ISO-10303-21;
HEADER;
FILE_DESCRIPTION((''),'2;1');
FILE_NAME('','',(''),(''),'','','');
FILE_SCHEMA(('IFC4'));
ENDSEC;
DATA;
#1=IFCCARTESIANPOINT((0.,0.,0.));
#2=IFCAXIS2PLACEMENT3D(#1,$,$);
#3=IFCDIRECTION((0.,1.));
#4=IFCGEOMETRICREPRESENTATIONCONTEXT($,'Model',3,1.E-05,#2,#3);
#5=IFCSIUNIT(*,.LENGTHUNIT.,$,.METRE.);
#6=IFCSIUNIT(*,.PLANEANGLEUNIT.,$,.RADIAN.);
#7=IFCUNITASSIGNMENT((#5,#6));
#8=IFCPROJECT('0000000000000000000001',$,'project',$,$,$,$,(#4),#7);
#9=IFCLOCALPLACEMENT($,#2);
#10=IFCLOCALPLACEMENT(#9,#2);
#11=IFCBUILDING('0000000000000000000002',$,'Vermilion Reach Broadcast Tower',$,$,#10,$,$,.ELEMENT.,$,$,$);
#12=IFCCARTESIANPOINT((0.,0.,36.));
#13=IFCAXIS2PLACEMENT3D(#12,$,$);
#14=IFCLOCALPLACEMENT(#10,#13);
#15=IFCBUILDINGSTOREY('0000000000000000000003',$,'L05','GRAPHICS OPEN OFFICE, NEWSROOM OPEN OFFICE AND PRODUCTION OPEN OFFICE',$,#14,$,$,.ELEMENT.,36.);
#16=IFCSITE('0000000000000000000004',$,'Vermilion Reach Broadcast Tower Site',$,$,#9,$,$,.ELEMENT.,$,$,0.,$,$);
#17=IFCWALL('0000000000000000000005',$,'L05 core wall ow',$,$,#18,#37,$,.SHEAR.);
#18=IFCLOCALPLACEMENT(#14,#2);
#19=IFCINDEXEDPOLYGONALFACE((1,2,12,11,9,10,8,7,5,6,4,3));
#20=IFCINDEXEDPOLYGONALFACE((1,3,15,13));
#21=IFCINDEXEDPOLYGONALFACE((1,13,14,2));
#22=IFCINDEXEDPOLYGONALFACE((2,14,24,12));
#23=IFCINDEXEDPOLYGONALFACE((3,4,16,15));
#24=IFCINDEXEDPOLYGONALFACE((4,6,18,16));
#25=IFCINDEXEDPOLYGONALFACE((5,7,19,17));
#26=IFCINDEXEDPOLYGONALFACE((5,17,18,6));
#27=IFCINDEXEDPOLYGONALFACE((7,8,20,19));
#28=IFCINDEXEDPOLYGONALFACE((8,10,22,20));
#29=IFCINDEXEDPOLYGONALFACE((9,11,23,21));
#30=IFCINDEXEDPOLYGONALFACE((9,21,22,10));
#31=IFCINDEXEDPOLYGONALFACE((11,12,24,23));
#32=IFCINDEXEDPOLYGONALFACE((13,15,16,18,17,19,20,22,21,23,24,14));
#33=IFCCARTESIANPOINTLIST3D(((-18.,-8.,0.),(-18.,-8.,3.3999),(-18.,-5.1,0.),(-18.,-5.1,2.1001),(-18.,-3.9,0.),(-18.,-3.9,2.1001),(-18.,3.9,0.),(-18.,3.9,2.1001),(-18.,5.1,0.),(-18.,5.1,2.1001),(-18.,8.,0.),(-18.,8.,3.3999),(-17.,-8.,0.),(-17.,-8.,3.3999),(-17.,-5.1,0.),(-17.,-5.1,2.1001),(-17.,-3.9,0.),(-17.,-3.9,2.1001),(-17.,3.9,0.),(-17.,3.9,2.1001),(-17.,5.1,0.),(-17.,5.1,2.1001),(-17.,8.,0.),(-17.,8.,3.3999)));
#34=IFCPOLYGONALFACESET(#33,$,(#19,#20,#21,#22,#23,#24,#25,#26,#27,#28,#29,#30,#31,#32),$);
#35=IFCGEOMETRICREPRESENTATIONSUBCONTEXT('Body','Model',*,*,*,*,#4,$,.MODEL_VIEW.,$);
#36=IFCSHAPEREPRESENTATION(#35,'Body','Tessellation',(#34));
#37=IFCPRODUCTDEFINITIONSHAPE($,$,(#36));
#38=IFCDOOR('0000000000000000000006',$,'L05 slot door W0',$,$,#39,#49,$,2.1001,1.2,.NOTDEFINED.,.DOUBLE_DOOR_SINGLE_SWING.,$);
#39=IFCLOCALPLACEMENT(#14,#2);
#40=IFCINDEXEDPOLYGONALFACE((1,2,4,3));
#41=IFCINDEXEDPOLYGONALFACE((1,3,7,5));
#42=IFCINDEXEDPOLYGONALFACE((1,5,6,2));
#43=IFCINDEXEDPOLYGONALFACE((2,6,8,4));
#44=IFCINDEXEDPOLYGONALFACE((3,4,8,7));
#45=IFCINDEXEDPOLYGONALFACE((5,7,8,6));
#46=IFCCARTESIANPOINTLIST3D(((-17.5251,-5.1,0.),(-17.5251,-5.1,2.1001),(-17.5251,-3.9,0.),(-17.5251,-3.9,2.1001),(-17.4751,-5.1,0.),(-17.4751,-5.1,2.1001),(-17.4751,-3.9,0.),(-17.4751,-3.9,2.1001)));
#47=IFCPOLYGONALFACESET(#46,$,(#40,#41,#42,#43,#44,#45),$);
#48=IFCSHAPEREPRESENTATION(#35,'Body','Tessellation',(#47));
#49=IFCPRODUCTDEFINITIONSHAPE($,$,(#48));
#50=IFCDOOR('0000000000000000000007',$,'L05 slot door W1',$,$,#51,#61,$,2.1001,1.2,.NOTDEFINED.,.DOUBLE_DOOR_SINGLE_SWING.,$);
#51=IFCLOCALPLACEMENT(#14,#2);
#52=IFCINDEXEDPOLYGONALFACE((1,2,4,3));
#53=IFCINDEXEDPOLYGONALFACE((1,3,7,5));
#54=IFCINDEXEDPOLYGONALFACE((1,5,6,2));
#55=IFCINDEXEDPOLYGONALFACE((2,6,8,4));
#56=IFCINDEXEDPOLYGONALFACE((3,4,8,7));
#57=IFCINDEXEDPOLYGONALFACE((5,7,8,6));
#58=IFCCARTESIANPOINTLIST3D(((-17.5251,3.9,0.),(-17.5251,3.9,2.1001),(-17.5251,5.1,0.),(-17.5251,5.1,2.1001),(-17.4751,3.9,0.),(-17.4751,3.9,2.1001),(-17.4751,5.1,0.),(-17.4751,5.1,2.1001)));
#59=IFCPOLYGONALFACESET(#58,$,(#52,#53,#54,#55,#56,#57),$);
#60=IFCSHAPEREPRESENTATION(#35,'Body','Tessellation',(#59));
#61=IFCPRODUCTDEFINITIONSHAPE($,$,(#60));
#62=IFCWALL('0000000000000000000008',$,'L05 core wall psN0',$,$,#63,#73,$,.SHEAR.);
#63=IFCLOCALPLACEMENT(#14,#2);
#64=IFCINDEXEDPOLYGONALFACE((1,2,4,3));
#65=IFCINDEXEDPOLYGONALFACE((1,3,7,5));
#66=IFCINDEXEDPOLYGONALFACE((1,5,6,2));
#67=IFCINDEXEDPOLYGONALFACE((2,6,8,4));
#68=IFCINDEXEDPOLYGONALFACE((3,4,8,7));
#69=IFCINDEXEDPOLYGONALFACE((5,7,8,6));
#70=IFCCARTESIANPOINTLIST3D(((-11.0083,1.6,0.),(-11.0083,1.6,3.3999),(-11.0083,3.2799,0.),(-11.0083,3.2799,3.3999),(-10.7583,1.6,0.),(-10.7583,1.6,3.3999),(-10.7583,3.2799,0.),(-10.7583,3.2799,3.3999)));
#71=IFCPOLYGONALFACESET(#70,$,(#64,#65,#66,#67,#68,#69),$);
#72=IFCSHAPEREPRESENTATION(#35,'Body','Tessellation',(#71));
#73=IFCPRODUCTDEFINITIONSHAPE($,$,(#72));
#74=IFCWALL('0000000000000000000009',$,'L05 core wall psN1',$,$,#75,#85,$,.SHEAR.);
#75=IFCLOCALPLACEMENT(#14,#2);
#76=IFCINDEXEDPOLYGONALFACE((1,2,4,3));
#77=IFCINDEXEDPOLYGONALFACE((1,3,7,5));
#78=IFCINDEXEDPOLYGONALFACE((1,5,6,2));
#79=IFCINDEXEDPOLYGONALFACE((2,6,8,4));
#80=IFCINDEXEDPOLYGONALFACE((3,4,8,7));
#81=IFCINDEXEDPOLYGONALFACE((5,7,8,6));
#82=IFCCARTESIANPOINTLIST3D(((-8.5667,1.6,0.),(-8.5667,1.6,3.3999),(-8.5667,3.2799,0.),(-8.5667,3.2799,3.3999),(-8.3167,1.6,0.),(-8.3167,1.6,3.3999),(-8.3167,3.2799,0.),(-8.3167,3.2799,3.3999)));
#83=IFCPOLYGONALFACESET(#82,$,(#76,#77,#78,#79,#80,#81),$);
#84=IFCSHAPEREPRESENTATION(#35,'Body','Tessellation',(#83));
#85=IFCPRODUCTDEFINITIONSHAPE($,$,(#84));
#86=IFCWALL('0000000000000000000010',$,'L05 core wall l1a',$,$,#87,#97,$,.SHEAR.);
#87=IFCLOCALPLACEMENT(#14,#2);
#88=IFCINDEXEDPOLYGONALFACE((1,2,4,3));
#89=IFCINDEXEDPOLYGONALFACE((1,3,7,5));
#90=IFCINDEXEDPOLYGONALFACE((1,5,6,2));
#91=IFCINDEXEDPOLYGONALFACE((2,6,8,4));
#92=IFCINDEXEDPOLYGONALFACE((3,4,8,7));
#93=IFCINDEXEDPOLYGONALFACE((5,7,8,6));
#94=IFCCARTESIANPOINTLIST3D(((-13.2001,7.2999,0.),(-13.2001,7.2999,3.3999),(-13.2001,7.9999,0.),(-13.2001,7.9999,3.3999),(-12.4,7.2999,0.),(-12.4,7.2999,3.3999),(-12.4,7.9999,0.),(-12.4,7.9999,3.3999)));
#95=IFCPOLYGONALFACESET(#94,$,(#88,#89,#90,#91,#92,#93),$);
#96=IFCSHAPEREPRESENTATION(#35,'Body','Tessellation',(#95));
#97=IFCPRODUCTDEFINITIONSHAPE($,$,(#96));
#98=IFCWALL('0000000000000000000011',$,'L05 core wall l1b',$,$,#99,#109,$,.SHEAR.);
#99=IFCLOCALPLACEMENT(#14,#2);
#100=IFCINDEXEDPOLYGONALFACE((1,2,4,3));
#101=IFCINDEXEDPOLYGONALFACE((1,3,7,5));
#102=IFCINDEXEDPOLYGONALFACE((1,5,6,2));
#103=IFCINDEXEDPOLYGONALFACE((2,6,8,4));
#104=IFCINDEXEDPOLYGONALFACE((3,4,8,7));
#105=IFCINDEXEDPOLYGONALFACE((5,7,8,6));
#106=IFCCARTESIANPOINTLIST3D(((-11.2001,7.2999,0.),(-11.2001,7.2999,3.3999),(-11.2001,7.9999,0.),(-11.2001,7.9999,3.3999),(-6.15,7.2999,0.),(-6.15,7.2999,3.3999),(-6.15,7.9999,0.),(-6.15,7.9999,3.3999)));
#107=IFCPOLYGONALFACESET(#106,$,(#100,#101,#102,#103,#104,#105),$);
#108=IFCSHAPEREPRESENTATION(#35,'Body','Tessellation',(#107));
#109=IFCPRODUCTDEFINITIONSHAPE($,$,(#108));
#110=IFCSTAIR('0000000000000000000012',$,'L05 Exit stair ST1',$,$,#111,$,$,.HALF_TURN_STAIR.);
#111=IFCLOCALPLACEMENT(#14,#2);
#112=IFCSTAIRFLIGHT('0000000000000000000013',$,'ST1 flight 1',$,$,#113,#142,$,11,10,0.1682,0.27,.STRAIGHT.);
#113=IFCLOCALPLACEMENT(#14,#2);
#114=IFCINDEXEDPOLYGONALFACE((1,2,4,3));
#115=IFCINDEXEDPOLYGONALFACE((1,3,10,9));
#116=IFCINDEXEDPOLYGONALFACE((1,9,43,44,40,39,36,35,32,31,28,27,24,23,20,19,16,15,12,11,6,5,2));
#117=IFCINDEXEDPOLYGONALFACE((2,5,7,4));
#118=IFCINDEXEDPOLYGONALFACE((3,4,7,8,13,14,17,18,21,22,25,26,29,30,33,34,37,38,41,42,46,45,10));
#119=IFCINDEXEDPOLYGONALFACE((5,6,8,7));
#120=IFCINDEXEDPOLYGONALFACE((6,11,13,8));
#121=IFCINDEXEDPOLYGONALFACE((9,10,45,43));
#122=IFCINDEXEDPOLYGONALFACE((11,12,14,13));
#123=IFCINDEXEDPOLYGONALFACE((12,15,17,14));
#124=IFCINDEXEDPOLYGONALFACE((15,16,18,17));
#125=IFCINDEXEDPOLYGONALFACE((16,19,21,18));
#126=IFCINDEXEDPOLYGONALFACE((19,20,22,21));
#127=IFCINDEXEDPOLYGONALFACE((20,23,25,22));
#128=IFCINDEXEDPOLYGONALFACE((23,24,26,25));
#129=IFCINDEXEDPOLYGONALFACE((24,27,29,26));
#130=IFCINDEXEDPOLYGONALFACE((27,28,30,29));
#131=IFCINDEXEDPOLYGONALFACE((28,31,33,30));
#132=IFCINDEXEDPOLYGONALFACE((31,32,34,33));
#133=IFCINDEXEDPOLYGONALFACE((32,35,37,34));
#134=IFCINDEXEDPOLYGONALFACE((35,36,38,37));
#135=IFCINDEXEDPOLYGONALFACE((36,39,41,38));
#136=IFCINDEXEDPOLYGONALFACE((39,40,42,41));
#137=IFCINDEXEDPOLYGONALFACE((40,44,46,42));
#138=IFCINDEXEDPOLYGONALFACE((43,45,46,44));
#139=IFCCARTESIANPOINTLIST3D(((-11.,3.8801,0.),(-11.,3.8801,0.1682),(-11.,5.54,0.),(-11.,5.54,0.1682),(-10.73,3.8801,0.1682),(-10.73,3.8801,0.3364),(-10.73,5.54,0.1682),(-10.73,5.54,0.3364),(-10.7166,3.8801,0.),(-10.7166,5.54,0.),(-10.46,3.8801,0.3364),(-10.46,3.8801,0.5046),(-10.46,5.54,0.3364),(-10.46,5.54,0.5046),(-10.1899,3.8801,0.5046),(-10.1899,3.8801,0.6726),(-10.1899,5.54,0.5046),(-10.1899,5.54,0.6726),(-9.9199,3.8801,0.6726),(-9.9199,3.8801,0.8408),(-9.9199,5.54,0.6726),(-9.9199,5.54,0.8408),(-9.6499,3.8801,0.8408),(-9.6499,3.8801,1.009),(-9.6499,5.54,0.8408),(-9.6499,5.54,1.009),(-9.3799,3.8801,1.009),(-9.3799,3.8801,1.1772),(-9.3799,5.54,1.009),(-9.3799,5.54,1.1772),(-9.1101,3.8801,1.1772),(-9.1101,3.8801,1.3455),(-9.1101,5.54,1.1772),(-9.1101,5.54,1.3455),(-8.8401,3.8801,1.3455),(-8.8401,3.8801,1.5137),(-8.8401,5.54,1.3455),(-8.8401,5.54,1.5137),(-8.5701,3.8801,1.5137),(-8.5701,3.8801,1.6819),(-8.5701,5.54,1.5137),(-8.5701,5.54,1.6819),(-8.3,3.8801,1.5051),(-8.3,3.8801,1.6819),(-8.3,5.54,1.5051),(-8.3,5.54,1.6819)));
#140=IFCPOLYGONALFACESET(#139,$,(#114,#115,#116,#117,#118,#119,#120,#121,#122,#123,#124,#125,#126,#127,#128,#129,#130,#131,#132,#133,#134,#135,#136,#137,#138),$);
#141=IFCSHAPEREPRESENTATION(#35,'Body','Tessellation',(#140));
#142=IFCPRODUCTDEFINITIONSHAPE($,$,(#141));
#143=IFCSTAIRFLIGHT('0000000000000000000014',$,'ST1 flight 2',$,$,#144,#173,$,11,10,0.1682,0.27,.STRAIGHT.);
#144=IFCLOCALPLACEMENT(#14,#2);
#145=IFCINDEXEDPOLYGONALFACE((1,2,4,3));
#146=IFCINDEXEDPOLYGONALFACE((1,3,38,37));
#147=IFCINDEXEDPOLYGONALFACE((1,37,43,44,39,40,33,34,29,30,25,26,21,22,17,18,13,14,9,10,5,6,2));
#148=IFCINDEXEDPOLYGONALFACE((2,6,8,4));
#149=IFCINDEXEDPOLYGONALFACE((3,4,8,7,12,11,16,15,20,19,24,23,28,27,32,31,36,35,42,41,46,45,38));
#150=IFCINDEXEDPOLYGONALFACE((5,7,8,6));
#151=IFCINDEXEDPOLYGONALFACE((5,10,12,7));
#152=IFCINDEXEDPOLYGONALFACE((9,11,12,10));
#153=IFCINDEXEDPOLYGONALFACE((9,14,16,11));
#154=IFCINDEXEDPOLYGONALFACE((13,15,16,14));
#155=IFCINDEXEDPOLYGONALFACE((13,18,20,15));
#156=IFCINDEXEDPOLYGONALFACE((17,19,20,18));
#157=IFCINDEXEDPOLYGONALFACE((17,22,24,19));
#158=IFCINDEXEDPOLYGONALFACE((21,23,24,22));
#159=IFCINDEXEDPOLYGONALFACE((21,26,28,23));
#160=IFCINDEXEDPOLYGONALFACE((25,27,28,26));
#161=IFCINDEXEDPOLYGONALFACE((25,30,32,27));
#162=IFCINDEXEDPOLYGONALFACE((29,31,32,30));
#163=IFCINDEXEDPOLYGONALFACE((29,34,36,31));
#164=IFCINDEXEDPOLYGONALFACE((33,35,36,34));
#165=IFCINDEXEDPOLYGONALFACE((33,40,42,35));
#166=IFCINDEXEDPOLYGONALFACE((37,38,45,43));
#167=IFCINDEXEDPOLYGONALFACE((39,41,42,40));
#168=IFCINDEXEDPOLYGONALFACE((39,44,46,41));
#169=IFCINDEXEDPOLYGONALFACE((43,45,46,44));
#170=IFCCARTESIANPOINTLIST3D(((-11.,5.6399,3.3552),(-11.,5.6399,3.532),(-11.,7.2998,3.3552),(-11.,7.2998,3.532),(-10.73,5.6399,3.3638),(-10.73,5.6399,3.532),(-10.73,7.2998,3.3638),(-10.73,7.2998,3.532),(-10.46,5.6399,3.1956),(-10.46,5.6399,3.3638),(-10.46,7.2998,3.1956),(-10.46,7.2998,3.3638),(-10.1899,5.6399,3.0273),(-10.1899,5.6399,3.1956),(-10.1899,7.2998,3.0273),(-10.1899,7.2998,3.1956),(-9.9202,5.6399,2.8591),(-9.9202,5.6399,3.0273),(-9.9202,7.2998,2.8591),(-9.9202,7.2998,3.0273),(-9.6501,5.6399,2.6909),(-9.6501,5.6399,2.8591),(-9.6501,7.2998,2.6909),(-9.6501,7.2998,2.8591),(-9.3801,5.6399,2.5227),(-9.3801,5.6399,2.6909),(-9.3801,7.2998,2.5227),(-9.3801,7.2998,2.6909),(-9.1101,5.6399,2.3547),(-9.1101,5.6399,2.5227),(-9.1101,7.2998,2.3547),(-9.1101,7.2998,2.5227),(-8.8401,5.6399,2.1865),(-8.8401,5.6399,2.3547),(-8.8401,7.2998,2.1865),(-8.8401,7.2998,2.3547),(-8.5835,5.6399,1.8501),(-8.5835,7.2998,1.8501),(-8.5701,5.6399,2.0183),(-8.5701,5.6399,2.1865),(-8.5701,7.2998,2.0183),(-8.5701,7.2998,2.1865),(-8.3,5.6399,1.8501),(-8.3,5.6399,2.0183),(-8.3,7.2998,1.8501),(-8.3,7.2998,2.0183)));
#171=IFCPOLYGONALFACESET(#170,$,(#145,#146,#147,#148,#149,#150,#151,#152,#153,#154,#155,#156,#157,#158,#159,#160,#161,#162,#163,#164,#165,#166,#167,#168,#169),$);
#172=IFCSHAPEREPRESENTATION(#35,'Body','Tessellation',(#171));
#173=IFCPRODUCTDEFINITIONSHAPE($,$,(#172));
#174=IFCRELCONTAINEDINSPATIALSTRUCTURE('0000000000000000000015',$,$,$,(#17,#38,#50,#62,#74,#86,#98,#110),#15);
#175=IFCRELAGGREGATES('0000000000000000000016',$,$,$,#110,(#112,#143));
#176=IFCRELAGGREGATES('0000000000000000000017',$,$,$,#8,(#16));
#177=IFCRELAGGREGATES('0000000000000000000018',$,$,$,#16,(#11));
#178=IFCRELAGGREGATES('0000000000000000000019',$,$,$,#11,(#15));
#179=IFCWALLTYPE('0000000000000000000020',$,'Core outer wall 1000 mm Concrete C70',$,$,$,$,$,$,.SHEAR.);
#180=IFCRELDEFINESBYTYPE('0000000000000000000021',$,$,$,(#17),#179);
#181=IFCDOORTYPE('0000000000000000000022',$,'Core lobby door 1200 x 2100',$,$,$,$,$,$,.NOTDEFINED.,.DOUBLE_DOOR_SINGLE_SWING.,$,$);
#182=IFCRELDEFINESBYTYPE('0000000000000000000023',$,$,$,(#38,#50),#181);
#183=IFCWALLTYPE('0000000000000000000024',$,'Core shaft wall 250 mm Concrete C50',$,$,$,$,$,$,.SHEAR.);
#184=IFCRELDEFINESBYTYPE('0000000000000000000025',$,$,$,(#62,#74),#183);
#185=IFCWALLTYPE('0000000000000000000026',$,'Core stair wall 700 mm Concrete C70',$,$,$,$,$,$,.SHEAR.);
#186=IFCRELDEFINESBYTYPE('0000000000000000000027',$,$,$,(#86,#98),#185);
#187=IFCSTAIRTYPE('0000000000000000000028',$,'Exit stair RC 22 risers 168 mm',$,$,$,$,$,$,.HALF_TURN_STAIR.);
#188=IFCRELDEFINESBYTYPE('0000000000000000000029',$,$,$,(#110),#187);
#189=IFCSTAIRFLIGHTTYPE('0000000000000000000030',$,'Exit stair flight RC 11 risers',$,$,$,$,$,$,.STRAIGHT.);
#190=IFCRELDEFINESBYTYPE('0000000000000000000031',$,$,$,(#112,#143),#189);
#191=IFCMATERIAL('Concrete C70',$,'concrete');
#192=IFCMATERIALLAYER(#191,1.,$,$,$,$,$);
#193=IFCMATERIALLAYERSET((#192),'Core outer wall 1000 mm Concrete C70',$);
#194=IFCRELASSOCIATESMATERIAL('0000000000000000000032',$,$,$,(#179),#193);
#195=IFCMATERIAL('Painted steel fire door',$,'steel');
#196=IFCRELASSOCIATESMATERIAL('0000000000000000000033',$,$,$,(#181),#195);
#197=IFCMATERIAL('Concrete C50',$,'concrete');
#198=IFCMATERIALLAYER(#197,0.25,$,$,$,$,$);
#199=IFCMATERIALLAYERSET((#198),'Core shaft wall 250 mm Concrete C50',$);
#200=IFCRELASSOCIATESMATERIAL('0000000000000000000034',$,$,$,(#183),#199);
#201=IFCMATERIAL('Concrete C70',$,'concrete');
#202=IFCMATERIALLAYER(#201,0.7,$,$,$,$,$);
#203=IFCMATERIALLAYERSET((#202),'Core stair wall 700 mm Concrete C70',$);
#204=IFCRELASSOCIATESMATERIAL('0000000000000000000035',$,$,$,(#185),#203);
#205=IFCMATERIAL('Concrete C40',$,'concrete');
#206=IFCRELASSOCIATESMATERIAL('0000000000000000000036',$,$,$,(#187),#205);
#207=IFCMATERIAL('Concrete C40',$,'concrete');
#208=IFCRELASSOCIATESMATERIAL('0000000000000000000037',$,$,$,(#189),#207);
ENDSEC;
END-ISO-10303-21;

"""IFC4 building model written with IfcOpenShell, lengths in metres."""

from ifc_helpers import new_model, si_unit, direction, frame, frame_2d, origin, place, context, subcontext, project, spatial, polyline, rectangle, outline, extrude, material, layer, layer_set, type_object, element, fill, aggregate, save


model = new_model("IFC4")

# Units and contexts
model_context = context("Model", 3, precision=1e-05, world=origin(), true_north=direction((0.0, 1.0)))
body_context = subcontext(model_context, "Body", "Model", "MODEL_VIEW")
ifc_project = project(units=[si_unit("LENGTHUNIT", "METRE"), si_unit("PLANEANGLEUNIT", "RADIAN")], contexts=[model_context])

# Site, building, storey
site_placement = place(None, origin())
site = spatial("IfcSite", under=ifc_project, at=site_placement, Name="Vermilion Reach Broadcast Tower Site", CompositionType="ELEMENT", RefElevation=0.0)
building_placement = place(site_placement, origin())
building = spatial("IfcBuilding", under=site, at=building_placement, Name="Vermilion Reach Broadcast Tower", CompositionType="ELEMENT")
storey_placement = place(building_placement, frame((0.0, 0.0, 36.0)))
storey = spatial("IfcBuildingStorey", under=building, at=storey_placement, Name="L05", Description="GRAPHICS OPEN OFFICE, NEWSROOM OPEN OFFICE AND PRODUCTION OPEN OFFICE", CompositionType="ELEMENT", Elevation=36.0)

# Wall, openings, doors
ifc_material_1 = material(Name="Concrete C70", Category="concrete")
ifc_layer_1 = layer(ifc_material_1, 1.0)
ifc_layer_set_1 = layer_set([ifc_layer_1], Name="Core outer wall 1000 mm Concrete C70")
wall_type_1 = type_object("IfcWallType", Name="Core outer wall 1000 mm Concrete C70", PredefinedType="SHEAR", material=ifc_layer_set_1)
wall_1_placement = place(storey_placement, frame((-17.5, 8.0, 0.0), z_axis=(0.0, 0.0, 1.0), x_axis=(0.0, -1.0, 0.0)))
wall_1 = element("IfcWall", 1, at=wall_1_placement, inside=storey, type_object=wall_type_1, Name="L05 core wall ow", PredefinedType="SHEAR", context=body_context, shape_type="SweptSolid", body=[
    extrude(rectangle(XDim=16.0, YDim=1.0, at=frame_2d((8.0, 0.0))), origin(), (0.0, 0.0, 1.0), 3.3999),
])
opening_1_placement = place(wall_1_placement, frame((11.8999, 0.0, 0.0)))
opening_1 = element("IfcOpeningElement", 2, at=opening_1_placement, cuts=wall_1, PredefinedType="OPENING", context=body_context, shape_type="SweptSolid", body=[
    extrude(rectangle(XDim=1.2, YDim=2.1001, at=frame_2d((0.6001, 1.05))), frame((0.0, 0.51, 0.0), z_axis=(0.0, -1.0, 0.0), x_axis=(1.0, 0.0, 0.0)), (0.0, 0.0, 1.0), 1.02),
])
opening_2_placement = place(wall_1_placement, frame((2.8999, 0.0, 0.0)))
opening_2 = element("IfcOpeningElement", 3, at=opening_2_placement, cuts=wall_1, PredefinedType="OPENING", context=body_context, shape_type="SweptSolid", body=[
    extrude(rectangle(XDim=1.2, YDim=2.1001, at=frame_2d((0.6001, 1.05))), frame((0.0, 0.51, 0.0), z_axis=(0.0, -1.0, 0.0), x_axis=(1.0, 0.0, 0.0)), (0.0, 0.0, 1.0), 1.02),
])
ifc_material_2 = material(Name="Painted steel fire door", Category="steel")
door_type_1 = type_object("IfcDoorType", Name="Core lobby door 1200 x 2100", OperationType="DOUBLE_DOOR_SINGLE_SWING", PredefinedType="NOTDEFINED", material=ifc_material_2)
door_1_placement = place(opening_1_placement, origin())
door_1 = element("IfcDoor", 4, at=door_1_placement, inside=storey, type_object=door_type_1, Name="L05 slot door W0", OperationType="DOUBLE_DOOR_SINGLE_SWING", OverallHeight=2.1001, OverallWidth=1.2, PredefinedType="NOTDEFINED", context=body_context, shape_type="SweptSolid", body=[
    extrude(rectangle(XDim=1.2, YDim=2.1001, at=frame_2d((0.6001, 1.05))), frame((0.0, 0.0249, 0.0), z_axis=(0.0, -1.0, 0.0), x_axis=(1.0, 0.0, 0.0)), (0.0, 0.0, 1.0), 0.05),
])
fill(opening_1, door_1)
door_2_placement = place(opening_2_placement, origin())
door_2 = element("IfcDoor", 5, at=door_2_placement, inside=storey, type_object=door_type_1, Name="L05 slot door W1", OperationType="DOUBLE_DOOR_SINGLE_SWING", OverallHeight=2.1001, OverallWidth=1.2, PredefinedType="NOTDEFINED", context=body_context, shape_type="SweptSolid", body=[
    extrude(rectangle(XDim=1.2, YDim=2.1001, at=frame_2d((0.6001, 1.05))), frame((0.0, 0.0249, 0.0), z_axis=(0.0, -1.0, 0.0), x_axis=(1.0, 0.0, 0.0)), (0.0, 0.0, 1.0), 0.05),
])
fill(opening_2, door_2)

# Walls
ifc_material_3 = material(Name="Concrete C50", Category="concrete")
ifc_layer_2 = layer(ifc_material_3, 0.25)
ifc_layer_set_2 = layer_set([ifc_layer_2], Name="Core shaft wall 250 mm Concrete C50")
wall_type_2 = type_object("IfcWallType", Name="Core shaft wall 250 mm Concrete C50", PredefinedType="SHEAR", material=ifc_layer_set_2)
for number, where, z_axis, x_axis, name in (
    (6, (-10.8833, 1.6001, 0.0), (0.0, 0.0, 1.0), (0.0, 1.0, 0.0), "L05 core wall psN0"),
    (7, (-8.4417, 1.6001, 0.0), (0.0, 0.0, 1.0), (0.0, 1.0, 0.0), "L05 core wall psN1"),
):
    element("IfcWall", number, at=place(storey_placement, frame(where, z_axis=z_axis, x_axis=x_axis)), inside=storey, type_object=wall_type_2, Name=name, PredefinedType="SHEAR", context=body_context, shape_type="SweptSolid", body=[
        extrude(rectangle(XDim=1.6799, YDim=0.25, at=frame_2d((0.8398, 0.0))), origin(), (0.0, 0.0, 1.0), 3.3999),
    ])
ifc_material_4 = material(Name="Concrete C70", Category="concrete")
ifc_layer_3 = layer(ifc_material_4, 0.7)
ifc_layer_set_3 = layer_set([ifc_layer_3], Name="Core stair wall 700 mm Concrete C70")
wall_type_3 = type_object("IfcWallType", Name="Core stair wall 700 mm Concrete C70", PredefinedType="SHEAR", material=ifc_layer_set_3)
wall_2_placement = place(storey_placement, frame((-13.2, 7.6499, 0.0), z_axis=(0.0, 0.0, 1.0), x_axis=(1.0, 0.0, 0.0)))
element("IfcWall", 8, at=wall_2_placement, inside=storey, type_object=wall_type_3, Name="L05 core wall l1a", PredefinedType="SHEAR", context=body_context, shape_type="SweptSolid", body=[
    extrude(rectangle(XDim=0.8, YDim=0.7, at=frame_2d((0.3999, 0.0))), origin(), (0.0, 0.0, 1.0), 3.3999),
])
wall_3_placement = place(storey_placement, frame((-11.2, 7.6499, 0.0), z_axis=(0.0, 0.0, 1.0), x_axis=(1.0, 0.0, 0.0)))
element("IfcWall", 9, at=wall_3_placement, inside=storey, type_object=wall_type_3, Name="L05 core wall l1b", PredefinedType="SHEAR", context=body_context, shape_type="SweptSolid", body=[
    extrude(rectangle(XDim=5.05, YDim=0.7, at=frame_2d((2.5249, 0.0))), origin(), (0.0, 0.0, 1.0), 3.3999),
])

# Stair, stair flights
ifc_material_5 = material(Name="Concrete C40", Category="concrete")
stair_type = type_object("IfcStairType", Name="Exit stair RC 22 risers 168 mm", PredefinedType="HALF_TURN_STAIR", material=ifc_material_5)
stair_placement = place(storey_placement, origin())
stair = element("IfcStair", 10, at=stair_placement, inside=storey, type_object=stair_type, Name="L05 Exit stair ST1", PredefinedType="HALF_TURN_STAIR")
ifc_material_6 = material(Name="Concrete C40", Category="concrete")
stair_flight_type = type_object("IfcStairFlightType", Name="Exit stair flight RC 11 risers", PredefinedType="STRAIGHT", material=ifc_material_6)
stair_flight_1_placement = place(storey_placement, frame((-11.0, 4.71, 0.0), z_axis=(0.0, 0.0, 1.0), x_axis=(1.0, 0.0, 0.0)))
stair_flight_1 = element("IfcStairFlight", 11, at=stair_flight_1_placement, type_object=stair_flight_type, Name="ST1 flight 1", NumberOfRisers=11, NumberOfTreads=10, PredefinedType="STRAIGHT", RiserHeight=0.1682, TreadLength=0.27, context=body_context, shape_type="SweptSolid", body=[
    extrude(outline(polyline([(0.0, 0.0), (0.0, 0.1682), (0.27, 0.1682), (0.27, 0.3364), (0.54, 0.3364), (0.54, 0.5046), (0.8101, 0.5046), (0.8101, 0.6726), (1.0801, 0.6726), (1.0801, 0.8408), (1.3501, 0.8408), (1.3501, 1.009), (1.6201, 1.009), (1.6201, 1.1772), (1.8899, 1.1772), (1.8899, 1.3455), (2.1599, 1.3455), (2.1599, 1.5137), (2.4299, 1.5137), (2.4299, 1.6819), (2.7, 1.6819), (2.7, 1.8501), (2.7, 1.5051), (0.2834, 0.0), (0.0, 0.0)])), frame((0.0, 0.8301, 0.0), z_axis=(0.0, -1.0, 0.0), x_axis=(1.0, 0.0, 0.0)), (0.0, 0.0, 1.0), 1.6599),
])
stair_flight_2_placement = place(storey_placement, frame((-8.3, 6.47, 1.8501), z_axis=(0.0, 0.0, 1.0), x_axis=(-1.0, 0.0, 0.0)))
stair_flight_2 = element("IfcStairFlight", 12, at=stair_flight_2_placement, type_object=stair_flight_type, Name="ST1 flight 2", NumberOfRisers=11, NumberOfTreads=10, PredefinedType="STRAIGHT", RiserHeight=0.1682, TreadLength=0.27, context=body_context, shape_type="SweptSolid", body=[
    extrude(outline(polyline([(0.0, 0.0), (0.0, 0.1682), (0.27, 0.1682), (0.27, 0.3364), (0.54, 0.3364), (0.54, 0.5046), (0.8101, 0.5046), (0.8101, 0.6726), (1.0801, 0.6726), (1.0801, 0.8408), (1.3501, 0.8408), (1.3501, 1.009), (1.6201, 1.009), (1.6201, 1.1772), (1.8899, 1.1772), (1.8899, 1.3455), (2.1599, 1.3455), (2.1599, 1.5137), (2.4299, 1.5137), (2.4299, 1.6819), (2.7, 1.6819), (2.7, 1.8501), (2.7, 1.5051), (0.2834, 0.0), (0.0, 0.0)])), frame((0.0, 0.8301, 0.0), z_axis=(0.0, -1.0, 0.0), x_axis=(1.0, 0.0, 0.0)), (0.0, 0.0, 1.0), 1.6599),
])
aggregate(stair, [stair_flight_1, stair_flight_2])

save(model, "model.ifc")
